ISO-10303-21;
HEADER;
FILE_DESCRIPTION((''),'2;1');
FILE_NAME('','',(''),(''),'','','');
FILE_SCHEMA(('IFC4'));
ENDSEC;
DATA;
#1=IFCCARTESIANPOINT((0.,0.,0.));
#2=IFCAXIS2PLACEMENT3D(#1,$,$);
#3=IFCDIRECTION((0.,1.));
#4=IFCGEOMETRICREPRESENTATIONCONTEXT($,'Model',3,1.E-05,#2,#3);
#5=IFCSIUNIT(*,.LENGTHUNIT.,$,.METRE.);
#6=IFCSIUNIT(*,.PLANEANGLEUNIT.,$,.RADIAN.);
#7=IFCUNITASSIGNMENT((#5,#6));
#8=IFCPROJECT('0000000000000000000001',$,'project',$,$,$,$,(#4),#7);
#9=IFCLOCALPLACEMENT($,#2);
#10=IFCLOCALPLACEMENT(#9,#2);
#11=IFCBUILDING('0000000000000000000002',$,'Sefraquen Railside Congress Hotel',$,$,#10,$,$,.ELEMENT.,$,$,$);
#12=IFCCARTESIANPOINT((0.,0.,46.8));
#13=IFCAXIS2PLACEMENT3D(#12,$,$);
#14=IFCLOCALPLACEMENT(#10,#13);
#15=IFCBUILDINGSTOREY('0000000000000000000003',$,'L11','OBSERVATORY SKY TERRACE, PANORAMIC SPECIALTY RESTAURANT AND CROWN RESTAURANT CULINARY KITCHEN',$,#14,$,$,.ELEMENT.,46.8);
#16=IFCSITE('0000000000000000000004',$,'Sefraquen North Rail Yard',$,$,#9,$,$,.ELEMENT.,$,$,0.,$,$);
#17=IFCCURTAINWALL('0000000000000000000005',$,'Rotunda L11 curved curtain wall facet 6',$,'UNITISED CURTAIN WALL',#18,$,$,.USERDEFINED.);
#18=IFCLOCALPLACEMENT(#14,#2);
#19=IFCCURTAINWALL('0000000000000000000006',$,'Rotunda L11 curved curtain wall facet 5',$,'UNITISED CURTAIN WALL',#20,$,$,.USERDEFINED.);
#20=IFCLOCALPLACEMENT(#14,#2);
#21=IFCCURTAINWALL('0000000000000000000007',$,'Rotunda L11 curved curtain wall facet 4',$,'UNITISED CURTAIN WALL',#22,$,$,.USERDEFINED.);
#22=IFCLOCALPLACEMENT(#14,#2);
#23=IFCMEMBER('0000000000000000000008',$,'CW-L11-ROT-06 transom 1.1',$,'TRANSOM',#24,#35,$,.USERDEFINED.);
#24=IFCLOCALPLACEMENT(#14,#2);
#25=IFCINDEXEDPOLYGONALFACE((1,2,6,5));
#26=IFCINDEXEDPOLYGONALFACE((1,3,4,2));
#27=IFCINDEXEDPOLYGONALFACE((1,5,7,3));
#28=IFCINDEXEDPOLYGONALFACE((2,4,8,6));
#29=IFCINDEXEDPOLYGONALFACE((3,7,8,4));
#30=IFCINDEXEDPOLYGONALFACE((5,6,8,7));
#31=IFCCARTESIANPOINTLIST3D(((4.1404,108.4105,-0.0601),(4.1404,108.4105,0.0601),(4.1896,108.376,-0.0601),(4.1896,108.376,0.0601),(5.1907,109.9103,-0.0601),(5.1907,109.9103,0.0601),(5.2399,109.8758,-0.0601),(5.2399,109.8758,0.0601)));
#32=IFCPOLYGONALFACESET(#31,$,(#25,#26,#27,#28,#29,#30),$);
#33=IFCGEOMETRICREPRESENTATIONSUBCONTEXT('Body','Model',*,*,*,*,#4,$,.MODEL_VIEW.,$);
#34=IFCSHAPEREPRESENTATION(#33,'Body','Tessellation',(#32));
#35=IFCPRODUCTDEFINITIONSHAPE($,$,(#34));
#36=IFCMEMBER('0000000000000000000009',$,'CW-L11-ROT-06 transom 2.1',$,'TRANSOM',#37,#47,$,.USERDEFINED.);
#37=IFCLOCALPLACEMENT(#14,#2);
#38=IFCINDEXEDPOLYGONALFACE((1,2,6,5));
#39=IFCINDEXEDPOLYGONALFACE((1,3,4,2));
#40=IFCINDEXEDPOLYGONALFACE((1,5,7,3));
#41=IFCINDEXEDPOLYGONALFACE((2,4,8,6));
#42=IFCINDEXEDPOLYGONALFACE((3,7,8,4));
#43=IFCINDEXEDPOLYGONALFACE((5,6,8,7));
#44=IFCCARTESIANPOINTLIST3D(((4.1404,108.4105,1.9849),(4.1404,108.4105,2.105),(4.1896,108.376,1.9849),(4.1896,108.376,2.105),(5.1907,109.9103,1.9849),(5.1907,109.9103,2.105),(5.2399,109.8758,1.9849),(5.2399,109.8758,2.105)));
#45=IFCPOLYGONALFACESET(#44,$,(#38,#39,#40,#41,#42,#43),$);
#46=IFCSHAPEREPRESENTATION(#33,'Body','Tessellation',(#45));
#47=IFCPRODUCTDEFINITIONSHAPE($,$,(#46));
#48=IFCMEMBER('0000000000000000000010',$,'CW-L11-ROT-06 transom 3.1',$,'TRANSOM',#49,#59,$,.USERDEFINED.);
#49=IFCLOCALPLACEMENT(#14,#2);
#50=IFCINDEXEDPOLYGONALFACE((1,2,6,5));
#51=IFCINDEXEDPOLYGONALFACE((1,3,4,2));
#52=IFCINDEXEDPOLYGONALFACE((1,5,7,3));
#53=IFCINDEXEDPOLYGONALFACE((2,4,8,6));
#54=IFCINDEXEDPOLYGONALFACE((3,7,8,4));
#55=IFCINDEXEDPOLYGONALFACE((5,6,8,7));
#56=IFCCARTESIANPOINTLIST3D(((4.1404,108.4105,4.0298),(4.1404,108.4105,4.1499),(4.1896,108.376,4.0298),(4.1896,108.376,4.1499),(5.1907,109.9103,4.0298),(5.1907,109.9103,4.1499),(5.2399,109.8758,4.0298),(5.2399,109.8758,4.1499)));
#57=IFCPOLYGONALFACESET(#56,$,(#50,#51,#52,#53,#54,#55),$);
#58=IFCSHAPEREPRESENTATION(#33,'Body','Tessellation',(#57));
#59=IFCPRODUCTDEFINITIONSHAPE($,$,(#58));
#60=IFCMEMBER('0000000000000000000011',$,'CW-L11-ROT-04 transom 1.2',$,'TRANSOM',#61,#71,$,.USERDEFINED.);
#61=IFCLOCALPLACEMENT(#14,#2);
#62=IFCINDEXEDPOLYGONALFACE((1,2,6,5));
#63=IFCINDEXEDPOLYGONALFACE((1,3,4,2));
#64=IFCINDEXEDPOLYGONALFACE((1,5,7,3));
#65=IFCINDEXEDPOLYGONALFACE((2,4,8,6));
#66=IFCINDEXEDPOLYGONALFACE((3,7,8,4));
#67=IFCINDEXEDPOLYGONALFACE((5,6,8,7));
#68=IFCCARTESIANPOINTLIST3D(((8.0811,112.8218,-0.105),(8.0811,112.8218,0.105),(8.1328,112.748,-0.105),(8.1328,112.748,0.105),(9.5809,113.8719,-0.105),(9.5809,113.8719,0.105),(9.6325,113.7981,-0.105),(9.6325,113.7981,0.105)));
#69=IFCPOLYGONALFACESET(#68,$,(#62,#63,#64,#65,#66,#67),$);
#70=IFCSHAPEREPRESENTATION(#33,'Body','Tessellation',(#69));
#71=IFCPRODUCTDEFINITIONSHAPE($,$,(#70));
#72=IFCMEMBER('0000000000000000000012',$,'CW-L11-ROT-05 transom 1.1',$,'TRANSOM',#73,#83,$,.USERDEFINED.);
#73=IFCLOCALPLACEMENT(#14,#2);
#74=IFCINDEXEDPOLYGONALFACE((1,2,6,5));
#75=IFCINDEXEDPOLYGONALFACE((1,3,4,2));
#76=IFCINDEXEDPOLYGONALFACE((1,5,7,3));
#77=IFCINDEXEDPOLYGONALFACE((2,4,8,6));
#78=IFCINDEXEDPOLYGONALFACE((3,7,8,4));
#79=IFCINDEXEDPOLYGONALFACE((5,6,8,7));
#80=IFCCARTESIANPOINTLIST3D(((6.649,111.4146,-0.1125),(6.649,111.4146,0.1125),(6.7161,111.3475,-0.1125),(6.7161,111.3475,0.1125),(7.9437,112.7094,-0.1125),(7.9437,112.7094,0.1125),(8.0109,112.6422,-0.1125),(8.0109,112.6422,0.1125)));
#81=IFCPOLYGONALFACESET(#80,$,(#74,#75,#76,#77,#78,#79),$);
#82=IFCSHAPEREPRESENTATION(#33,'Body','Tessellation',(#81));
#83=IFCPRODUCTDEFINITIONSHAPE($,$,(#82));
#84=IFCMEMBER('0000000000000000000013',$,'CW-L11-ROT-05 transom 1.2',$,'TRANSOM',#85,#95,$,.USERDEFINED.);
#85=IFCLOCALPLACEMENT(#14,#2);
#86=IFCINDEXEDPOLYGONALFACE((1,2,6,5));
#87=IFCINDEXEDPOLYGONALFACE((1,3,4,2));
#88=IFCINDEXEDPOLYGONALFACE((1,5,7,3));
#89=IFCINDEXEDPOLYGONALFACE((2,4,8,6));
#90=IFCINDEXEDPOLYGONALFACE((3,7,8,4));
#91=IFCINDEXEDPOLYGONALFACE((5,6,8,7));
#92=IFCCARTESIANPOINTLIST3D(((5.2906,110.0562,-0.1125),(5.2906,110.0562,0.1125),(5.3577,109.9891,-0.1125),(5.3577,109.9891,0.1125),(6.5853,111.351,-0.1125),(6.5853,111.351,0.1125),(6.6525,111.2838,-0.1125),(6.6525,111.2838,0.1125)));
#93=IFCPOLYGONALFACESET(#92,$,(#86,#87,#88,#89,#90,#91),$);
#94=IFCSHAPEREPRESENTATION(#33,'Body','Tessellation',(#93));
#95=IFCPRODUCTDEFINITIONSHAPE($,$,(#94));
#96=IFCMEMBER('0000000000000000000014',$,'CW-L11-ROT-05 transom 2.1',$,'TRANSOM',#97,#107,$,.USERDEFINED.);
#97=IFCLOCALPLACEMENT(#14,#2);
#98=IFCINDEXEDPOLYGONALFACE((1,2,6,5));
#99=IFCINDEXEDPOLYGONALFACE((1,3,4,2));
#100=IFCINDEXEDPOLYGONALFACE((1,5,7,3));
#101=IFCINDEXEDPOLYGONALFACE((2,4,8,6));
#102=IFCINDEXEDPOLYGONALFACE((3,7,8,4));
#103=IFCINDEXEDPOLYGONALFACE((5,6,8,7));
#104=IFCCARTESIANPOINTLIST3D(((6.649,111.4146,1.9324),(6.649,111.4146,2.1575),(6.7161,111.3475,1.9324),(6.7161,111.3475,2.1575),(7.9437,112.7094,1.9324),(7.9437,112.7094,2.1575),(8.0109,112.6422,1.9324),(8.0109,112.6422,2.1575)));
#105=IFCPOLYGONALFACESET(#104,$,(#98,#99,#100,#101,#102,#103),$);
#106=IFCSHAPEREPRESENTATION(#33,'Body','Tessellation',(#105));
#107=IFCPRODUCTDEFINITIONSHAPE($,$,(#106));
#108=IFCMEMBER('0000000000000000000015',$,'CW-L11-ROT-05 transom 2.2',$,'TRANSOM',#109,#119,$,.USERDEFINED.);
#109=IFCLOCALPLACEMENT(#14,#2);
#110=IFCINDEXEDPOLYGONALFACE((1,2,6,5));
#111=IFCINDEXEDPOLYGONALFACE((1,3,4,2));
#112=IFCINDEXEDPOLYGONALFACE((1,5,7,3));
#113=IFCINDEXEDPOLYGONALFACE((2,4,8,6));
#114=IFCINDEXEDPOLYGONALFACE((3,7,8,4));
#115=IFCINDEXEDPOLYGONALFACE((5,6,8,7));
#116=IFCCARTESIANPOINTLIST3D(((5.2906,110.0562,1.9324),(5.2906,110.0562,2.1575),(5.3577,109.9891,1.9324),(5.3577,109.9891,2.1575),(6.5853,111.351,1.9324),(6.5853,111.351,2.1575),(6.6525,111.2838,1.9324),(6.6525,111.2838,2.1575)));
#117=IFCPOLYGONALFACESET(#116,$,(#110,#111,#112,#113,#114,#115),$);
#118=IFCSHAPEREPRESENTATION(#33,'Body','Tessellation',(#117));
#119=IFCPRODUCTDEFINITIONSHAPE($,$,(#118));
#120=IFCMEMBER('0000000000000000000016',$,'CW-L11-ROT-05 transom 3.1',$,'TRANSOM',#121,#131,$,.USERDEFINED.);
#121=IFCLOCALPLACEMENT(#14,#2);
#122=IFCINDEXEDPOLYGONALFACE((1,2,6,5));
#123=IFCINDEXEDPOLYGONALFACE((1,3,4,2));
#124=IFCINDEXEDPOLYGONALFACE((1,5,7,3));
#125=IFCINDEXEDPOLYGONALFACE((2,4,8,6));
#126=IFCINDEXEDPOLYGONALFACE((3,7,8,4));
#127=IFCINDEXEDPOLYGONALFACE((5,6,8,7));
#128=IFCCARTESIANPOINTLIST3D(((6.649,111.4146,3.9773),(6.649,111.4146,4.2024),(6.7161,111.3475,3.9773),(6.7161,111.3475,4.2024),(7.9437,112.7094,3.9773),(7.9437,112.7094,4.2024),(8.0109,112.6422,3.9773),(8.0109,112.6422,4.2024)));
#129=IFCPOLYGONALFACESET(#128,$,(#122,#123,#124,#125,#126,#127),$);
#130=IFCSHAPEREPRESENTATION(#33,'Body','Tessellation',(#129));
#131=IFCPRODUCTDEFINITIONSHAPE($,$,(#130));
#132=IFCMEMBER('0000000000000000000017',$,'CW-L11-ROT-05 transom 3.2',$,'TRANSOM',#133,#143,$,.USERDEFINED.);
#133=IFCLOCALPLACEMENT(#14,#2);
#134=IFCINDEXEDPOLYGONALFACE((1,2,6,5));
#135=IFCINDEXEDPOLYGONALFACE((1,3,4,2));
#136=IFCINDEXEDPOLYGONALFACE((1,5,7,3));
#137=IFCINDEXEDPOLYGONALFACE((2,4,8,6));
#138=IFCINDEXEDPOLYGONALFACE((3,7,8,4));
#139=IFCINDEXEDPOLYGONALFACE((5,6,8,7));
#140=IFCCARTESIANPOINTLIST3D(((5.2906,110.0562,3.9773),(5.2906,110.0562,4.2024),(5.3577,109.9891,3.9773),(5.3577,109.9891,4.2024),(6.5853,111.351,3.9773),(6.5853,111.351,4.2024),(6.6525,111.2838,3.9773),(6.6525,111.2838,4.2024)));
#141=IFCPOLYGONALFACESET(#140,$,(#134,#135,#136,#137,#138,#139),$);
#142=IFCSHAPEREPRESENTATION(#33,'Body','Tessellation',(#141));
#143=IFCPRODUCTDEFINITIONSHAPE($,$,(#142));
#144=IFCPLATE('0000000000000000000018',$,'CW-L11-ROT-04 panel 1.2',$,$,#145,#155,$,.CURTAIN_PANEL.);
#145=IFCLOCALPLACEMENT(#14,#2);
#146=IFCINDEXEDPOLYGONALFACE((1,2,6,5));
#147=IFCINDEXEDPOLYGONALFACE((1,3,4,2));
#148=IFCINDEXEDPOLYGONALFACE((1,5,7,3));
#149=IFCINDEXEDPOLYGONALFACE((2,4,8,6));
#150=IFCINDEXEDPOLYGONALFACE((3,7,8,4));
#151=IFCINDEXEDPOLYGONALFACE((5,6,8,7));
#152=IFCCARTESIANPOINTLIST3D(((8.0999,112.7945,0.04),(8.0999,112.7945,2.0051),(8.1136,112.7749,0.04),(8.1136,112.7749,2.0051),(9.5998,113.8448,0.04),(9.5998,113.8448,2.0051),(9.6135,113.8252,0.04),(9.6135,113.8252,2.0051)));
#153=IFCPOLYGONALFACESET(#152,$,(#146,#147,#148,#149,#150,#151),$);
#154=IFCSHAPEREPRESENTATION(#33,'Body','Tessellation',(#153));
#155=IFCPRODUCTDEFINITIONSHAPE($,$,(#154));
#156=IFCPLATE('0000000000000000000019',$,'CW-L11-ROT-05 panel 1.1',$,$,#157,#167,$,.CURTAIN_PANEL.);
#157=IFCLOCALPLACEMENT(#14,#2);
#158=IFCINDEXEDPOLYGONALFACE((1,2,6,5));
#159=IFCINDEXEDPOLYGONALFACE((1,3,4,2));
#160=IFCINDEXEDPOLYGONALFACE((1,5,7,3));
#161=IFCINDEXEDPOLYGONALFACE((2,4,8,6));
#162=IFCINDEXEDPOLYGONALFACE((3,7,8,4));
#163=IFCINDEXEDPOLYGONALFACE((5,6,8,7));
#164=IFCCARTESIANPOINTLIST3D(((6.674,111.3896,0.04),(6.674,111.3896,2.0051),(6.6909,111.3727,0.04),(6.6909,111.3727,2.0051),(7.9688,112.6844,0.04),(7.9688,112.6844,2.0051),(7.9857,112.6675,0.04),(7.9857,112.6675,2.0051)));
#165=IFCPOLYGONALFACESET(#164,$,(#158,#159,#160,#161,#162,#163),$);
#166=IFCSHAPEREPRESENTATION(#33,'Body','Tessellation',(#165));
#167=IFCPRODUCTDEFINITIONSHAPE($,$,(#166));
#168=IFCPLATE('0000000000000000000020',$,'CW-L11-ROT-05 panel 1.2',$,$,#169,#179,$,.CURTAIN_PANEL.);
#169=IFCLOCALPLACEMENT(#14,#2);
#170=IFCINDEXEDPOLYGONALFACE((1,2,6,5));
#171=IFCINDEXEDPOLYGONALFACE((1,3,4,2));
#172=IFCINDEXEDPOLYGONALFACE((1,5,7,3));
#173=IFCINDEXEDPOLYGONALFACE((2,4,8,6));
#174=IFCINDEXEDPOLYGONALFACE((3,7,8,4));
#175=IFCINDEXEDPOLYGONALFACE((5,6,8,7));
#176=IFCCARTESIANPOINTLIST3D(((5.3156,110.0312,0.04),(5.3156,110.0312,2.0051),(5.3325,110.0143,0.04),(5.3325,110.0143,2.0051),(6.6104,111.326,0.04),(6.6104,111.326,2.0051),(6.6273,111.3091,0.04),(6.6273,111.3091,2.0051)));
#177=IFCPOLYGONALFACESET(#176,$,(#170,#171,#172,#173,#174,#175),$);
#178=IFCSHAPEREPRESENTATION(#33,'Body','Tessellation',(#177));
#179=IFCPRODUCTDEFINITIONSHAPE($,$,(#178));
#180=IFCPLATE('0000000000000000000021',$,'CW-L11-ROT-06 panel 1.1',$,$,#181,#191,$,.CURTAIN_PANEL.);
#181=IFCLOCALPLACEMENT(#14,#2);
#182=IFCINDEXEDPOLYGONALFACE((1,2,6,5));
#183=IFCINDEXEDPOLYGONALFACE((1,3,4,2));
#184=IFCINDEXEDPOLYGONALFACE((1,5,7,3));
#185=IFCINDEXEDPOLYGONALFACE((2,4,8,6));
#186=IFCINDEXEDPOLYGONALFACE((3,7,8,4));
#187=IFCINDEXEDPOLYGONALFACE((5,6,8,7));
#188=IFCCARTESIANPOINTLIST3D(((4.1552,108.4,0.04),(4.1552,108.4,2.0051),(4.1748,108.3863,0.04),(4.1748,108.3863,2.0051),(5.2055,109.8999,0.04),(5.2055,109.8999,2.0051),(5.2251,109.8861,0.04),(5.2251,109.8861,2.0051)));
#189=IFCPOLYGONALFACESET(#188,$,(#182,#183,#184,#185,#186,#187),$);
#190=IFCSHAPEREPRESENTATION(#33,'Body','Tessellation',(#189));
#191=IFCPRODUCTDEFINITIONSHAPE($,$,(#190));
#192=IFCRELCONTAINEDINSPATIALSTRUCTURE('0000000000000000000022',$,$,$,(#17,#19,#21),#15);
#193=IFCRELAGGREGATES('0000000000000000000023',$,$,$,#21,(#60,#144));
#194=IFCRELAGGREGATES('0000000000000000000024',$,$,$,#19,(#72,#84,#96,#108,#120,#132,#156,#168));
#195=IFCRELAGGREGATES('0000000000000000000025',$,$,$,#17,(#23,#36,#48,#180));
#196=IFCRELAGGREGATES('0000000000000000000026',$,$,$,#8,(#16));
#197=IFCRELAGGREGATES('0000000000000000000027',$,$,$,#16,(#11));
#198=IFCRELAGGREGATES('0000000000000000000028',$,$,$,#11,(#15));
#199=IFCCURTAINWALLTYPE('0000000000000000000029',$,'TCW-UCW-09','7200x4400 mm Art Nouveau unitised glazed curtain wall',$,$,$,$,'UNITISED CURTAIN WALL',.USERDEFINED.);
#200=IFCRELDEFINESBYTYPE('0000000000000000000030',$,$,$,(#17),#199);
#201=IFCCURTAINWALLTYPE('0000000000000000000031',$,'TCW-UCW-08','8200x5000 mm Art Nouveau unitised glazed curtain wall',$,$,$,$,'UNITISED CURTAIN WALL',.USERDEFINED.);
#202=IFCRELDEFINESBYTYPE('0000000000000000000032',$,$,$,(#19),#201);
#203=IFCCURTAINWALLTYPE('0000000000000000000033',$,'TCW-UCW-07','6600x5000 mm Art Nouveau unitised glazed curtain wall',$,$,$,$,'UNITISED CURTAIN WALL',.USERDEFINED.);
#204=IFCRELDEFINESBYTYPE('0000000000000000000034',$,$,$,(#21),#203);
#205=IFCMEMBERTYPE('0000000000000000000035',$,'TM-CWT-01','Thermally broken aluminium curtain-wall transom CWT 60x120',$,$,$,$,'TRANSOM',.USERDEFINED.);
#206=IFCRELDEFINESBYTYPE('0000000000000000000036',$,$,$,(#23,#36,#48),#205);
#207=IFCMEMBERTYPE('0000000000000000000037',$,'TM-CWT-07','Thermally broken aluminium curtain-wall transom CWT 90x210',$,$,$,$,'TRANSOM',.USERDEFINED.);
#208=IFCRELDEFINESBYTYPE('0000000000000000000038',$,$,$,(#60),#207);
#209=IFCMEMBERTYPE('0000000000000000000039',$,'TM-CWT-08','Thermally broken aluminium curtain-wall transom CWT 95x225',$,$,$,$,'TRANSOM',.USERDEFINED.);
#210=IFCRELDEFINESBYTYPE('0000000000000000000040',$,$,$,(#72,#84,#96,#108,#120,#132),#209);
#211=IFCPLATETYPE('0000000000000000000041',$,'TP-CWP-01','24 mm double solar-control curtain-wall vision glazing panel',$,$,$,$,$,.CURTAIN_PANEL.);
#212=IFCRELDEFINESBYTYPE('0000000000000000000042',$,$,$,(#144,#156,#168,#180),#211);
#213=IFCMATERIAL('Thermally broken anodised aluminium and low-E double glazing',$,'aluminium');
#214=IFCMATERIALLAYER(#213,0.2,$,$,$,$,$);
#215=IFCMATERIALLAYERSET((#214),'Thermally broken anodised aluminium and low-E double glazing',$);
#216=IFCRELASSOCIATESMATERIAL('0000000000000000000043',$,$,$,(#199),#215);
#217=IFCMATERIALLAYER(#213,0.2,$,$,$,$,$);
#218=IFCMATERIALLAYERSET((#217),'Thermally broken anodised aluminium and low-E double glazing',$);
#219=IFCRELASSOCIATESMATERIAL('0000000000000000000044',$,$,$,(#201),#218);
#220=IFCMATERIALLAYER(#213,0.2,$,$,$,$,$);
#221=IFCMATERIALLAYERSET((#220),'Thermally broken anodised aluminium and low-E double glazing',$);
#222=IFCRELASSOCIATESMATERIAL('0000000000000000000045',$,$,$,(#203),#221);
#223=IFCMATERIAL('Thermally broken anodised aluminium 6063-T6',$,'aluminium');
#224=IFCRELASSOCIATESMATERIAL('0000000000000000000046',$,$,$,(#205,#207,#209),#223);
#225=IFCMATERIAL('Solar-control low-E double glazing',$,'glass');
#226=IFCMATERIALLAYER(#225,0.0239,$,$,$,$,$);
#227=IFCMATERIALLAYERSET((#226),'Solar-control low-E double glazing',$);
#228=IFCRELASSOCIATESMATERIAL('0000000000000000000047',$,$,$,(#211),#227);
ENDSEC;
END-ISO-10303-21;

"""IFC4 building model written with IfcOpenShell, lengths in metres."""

from ifc_helpers import new_model, si_unit, direction, frame, origin, origin_2d, place, context, subcontext, project, spatial, rectangle, extrude, material, layer, layer_set, material_profile, profile_set, type_object, element, aggregate, save


model = new_model("IFC4")

# Units and contexts
model_context = context("Model", 3, precision=1e-05, world=origin(), true_north=direction((0.0, 1.0)))
body_context = subcontext(model_context, "Body", "Model", "MODEL_VIEW")
ifc_project = project(units=[si_unit("LENGTHUNIT", "METRE"), si_unit("PLANEANGLEUNIT", "RADIAN")], contexts=[model_context])

# Site, building, storey
site_placement = place(None, origin())
site = spatial("IfcSite", under=ifc_project, at=site_placement, Name="Sefraquen North Rail Yard", CompositionType="ELEMENT", RefElevation=0.0)
building_placement = place(site_placement, origin())
building = spatial("IfcBuilding", under=site, at=building_placement, Name="Sefraquen Railside Congress Hotel", CompositionType="ELEMENT")
storey_placement = place(building_placement, frame((0.0, 0.0, 46.8)))
storey = spatial("IfcBuildingStorey", under=building, at=storey_placement, Name="L11", Description="OBSERVATORY SKY TERRACE, PANORAMIC SPECIALTY RESTAURANT AND CROWN RESTAURANT CULINARY KITCHEN", CompositionType="ELEMENT", Elevation=46.8)

# Curtain walls
ifc_material_1 = material(Name="Thermally broken anodised aluminium and low-E double glazing", Category="aluminium")
ifc_layer_1 = layer(ifc_material_1, 0.2)
ifc_layer_set_1 = layer_set([ifc_layer_1], Name="Thermally broken anodised aluminium and low-E double glazing")
curtain_wall_type_1 = type_object("IfcCurtainWallType", Name="TCW-UCW-09", Description="7200x4400 mm Art Nouveau unitised glazed curtain wall", ElementType="UNITISED CURTAIN WALL", PredefinedType="USERDEFINED", material=ifc_layer_set_1)
curtain_wall_1_placement = place(storey_placement, origin())
curtain_wall_1 = element("IfcCurtainWall", 1, at=curtain_wall_1_placement, inside=storey, type_object=curtain_wall_type_1, Name="Rotunda L11 curved curtain wall facet 6", ObjectType="UNITISED CURTAIN WALL", PredefinedType="USERDEFINED")
ifc_material_2 = material(Name="Thermally broken anodised aluminium 6063-T6", Category="aluminium")
ifc_layer_2 = layer(ifc_material_1, 0.2)
ifc_layer_set_2 = layer_set([ifc_layer_2], Name="Thermally broken anodised aluminium and low-E double glazing")
curtain_wall_type_2 = type_object("IfcCurtainWallType", Name="TCW-UCW-08", Description="8200x5000 mm Art Nouveau unitised glazed curtain wall", ElementType="UNITISED CURTAIN WALL", PredefinedType="USERDEFINED", material=ifc_layer_set_2)
curtain_wall_2_placement = place(storey_placement, origin())
curtain_wall_2 = element("IfcCurtainWall", 2, at=curtain_wall_2_placement, inside=storey, type_object=curtain_wall_type_2, Name="Rotunda L11 curved curtain wall facet 5", ObjectType="UNITISED CURTAIN WALL", PredefinedType="USERDEFINED")
ifc_layer_3 = layer(ifc_material_1, 0.2)
ifc_layer_set_3 = layer_set([ifc_layer_3], Name="Thermally broken anodised aluminium and low-E double glazing")
curtain_wall_type_3 = type_object("IfcCurtainWallType", Name="TCW-UCW-07", Description="6600x5000 mm Art Nouveau unitised glazed curtain wall", ElementType="UNITISED CURTAIN WALL", PredefinedType="USERDEFINED", material=ifc_layer_set_3)
curtain_wall_3_placement = place(storey_placement, origin())
curtain_wall_3 = element("IfcCurtainWall", 3, at=curtain_wall_3_placement, inside=storey, type_object=curtain_wall_type_3, Name="Rotunda L11 curved curtain wall facet 4", ObjectType="UNITISED CURTAIN WALL", PredefinedType="USERDEFINED")

# Members
ifc_material_profile_1 = material_profile(ifc_material_2, rectangle(XDim=0.0601, YDim=0.1201, at=origin_2d()), Name="CWT 60x120")
ifc_profile_set_1 = profile_set([ifc_material_profile_1], Name="Thermally broken anodised aluminium 6063-T6")
member_type_1 = type_object("IfcMemberType", Name="TM-CWT-01", Description="Thermally broken aluminium curtain-wall transom CWT 60x120", ElementType="TRANSOM", PredefinedType="USERDEFINED", material=ifc_profile_set_1)
member_1_placement = place(storey_placement, frame((5.2153, 109.8931, 0.0), z_axis=(-0.573632, -0.819113, 0.0), x_axis=(0.819113, -0.573632, 0.0)))
member_1 = element("IfcMember", 4, at=member_1_placement, type_object=member_type_1, Name="CW-L11-ROT-06 transom 1.1", ObjectType="TRANSOM", PredefinedType="USERDEFINED", context=body_context, shape_type="SweptSolid", body=[
    extrude(rectangle(XDim=0.0601, YDim=0.1201, at=origin_2d()), origin(), (0.0, 0.0, 1.0), 1.8311),
])
member_2_placement = place(storey_placement, frame((5.2153, 109.8931, 2.0449), z_axis=(-0.573632, -0.819113, 0.0), x_axis=(0.819113, -0.573632, 0.0)))
member_2 = element("IfcMember", 5, at=member_2_placement, type_object=member_type_1, Name="CW-L11-ROT-06 transom 2.1", ObjectType="TRANSOM", PredefinedType="USERDEFINED", context=body_context, shape_type="SweptSolid", body=[
    extrude(rectangle(XDim=0.0601, YDim=0.1201, at=origin_2d()), origin(), (0.0, 0.0, 1.0), 1.8311),
])
member_3_placement = place(storey_placement, frame((5.2153, 109.8931, 4.0898), z_axis=(-0.573632, -0.819113, 0.0), x_axis=(0.819113, -0.573632, 0.0)))
member_3 = element("IfcMember", 6, at=member_3_placement, type_object=member_type_1, Name="CW-L11-ROT-06 transom 3.1", ObjectType="TRANSOM", PredefinedType="USERDEFINED", context=body_context, shape_type="SweptSolid", body=[
    extrude(rectangle(XDim=0.0601, YDim=0.1201, at=origin_2d()), origin(), (0.0, 0.0, 1.0), 1.8311),
])
ifc_material_profile_2 = material_profile(ifc_material_2, rectangle(XDim=0.0901, YDim=0.21, at=origin_2d()), Name="CWT 90x210")
ifc_profile_set_2 = profile_set([ifc_material_profile_2], Name="Thermally broken anodised aluminium 6063-T6")
member_type_2 = type_object("IfcMemberType", Name="TM-CWT-07", Description="Thermally broken aluminium curtain-wall transom CWT 90x210", ElementType="TRANSOM", PredefinedType="USERDEFINED", material=ifc_profile_set_2)
member_4_placement = place(storey_placement, frame((9.6067, 113.835, 0.0), z_axis=(-0.819176, -0.573543, 0.0), x_axis=(0.573543, -0.819176, 0.0)))
member_4 = element("IfcMember", 7, at=member_4_placement, type_object=member_type_2, Name="CW-L11-ROT-04 transom 1.2", ObjectType="TRANSOM", PredefinedType="USERDEFINED", context=body_context, shape_type="SweptSolid", body=[
    extrude(rectangle(XDim=0.0901, YDim=0.21, at=origin_2d()), origin(), (0.0, 0.0, 1.0), 1.8308),
])
ifc_material_profile_3 = material_profile(ifc_material_2, rectangle(XDim=0.095, YDim=0.2251, at=origin_2d()), Name="CWT 95x225")
ifc_profile_set_3 = profile_set([ifc_material_profile_3], Name="Thermally broken anodised aluminium 6063-T6")
member_type_3 = type_object("IfcMemberType", Name="TM-CWT-08", Description="Thermally broken aluminium curtain-wall transom CWT 95x225", ElementType="TRANSOM", PredefinedType="USERDEFINED", material=ifc_profile_set_3)
member_5_placement = place(storey_placement, frame((7.9773, 112.6758, 0.0), z_axis=(-0.707107, -0.707107, 0.0), x_axis=(0.707107, -0.707107, 0.0)))
member_5 = element("IfcMember", 8, at=member_5_placement, type_object=member_type_3, Name="CW-L11-ROT-05 transom 1.1", ObjectType="TRANSOM", PredefinedType="USERDEFINED", context=body_context, shape_type="SweptSolid", body=[
    extrude(rectangle(XDim=0.095, YDim=0.2251, at=origin_2d()), origin(), (0.0, 0.0, 1.0), 1.8311),
])
member_6_placement = place(storey_placement, frame((6.6189, 111.3174, 0.0), z_axis=(-0.707107, -0.707107, 0.0), x_axis=(0.707107, -0.707107, 0.0)))
member_6 = element("IfcMember", 9, at=member_6_placement, type_object=member_type_3, Name="CW-L11-ROT-05 transom 1.2", ObjectType="TRANSOM", PredefinedType="USERDEFINED", context=body_context, shape_type="SweptSolid", body=[
    extrude(rectangle(XDim=0.095, YDim=0.2251, at=origin_2d()), origin(), (0.0, 0.0, 1.0), 1.8311),
])
member_7_placement = place(storey_placement, frame((7.9773, 112.6758, 2.0449), z_axis=(-0.707107, -0.707107, 0.0), x_axis=(0.707107, -0.707107, 0.0)))
member_7 = element("IfcMember", 10, at=member_7_placement, type_object=member_type_3, Name="CW-L11-ROT-05 transom 2.1", ObjectType="TRANSOM", PredefinedType="USERDEFINED", context=body_context, shape_type="SweptSolid", body=[
    extrude(rectangle(XDim=0.095, YDim=0.2251, at=origin_2d()), origin(), (0.0, 0.0, 1.0), 1.8311),
])
member_8_placement = place(storey_placement, frame((6.6189, 111.3174, 2.0449), z_axis=(-0.707107, -0.707107, 0.0), x_axis=(0.707107, -0.707107, 0.0)))
member_8 = element("IfcMember", 11, at=member_8_placement, type_object=member_type_3, Name="CW-L11-ROT-05 transom 2.2", ObjectType="TRANSOM", PredefinedType="USERDEFINED", context=body_context, shape_type="SweptSolid", body=[
    extrude(rectangle(XDim=0.095, YDim=0.2251, at=origin_2d()), origin(), (0.0, 0.0, 1.0), 1.8311),
])
member_9_placement = place(storey_placement, frame((7.9773, 112.6758, 4.0898), z_axis=(-0.707107, -0.707107, 0.0), x_axis=(0.707107, -0.707107, 0.0)))
member_9 = element("IfcMember", 12, at=member_9_placement, type_object=member_type_3, Name="CW-L11-ROT-05 transom 3.1", ObjectType="TRANSOM", PredefinedType="USERDEFINED", context=body_context, shape_type="SweptSolid", body=[
    extrude(rectangle(XDim=0.095, YDim=0.2251, at=origin_2d()), origin(), (0.0, 0.0, 1.0), 1.8311),
])
member_10_placement = place(storey_placement, frame((6.6189, 111.3174, 4.0898), z_axis=(-0.707107, -0.707107, 0.0), x_axis=(0.707107, -0.707107, 0.0)))
member_10 = element("IfcMember", 13, at=member_10_placement, type_object=member_type_3, Name="CW-L11-ROT-05 transom 3.2", ObjectType="TRANSOM", PredefinedType="USERDEFINED", context=body_context, shape_type="SweptSolid", body=[
    extrude(rectangle(XDim=0.095, YDim=0.2251, at=origin_2d()), origin(), (0.0, 0.0, 1.0), 1.8311),
])

# Plates
ifc_material_3 = material(Name="Solar-control low-E double glazing", Category="glass")
ifc_layer_4 = layer(ifc_material_3, 0.0239)
ifc_layer_set_4 = layer_set([ifc_layer_4], Name="Solar-control low-E double glazing")
plate_type_1 = type_object("IfcPlateType", Name="TP-CWP-01", Description="24 mm double solar-control curtain-wall vision glazing panel", PredefinedType="CURTAIN_PANEL", material=ifc_layer_set_4)
plate_1_placement = place(storey_placement, frame((8.8567, 113.3098, 0.04), z_axis=(0.0, 0.0, 1.0), x_axis=(-0.819132, -0.573605, 0.0)))
plate_1 = element("IfcPlate", 14, at=plate_1_placement, type_object=plate_type_1, Name="CW-L11-ROT-04 panel 1.2", PredefinedType="CURTAIN_PANEL", context=body_context, shape_type="SweptSolid", body=[
    extrude(rectangle(XDim=1.8311, YDim=0.0239, at=origin_2d()), origin(), (0.0, 0.0, 1.0), 1.9651),
])
plate_2_placement = place(storey_placement, frame((7.3298, 112.0286, 0.04), z_axis=(0.0, 0.0, 1.0), x_axis=(-0.707107, -0.707107, 0.0)))
plate_2 = element("IfcPlate", 15, at=plate_2_placement, type_object=plate_type_1, Name="CW-L11-ROT-05 panel 1.1", PredefinedType="CURTAIN_PANEL", context=body_context, shape_type="SweptSolid", body=[
    extrude(rectangle(XDim=1.8311, YDim=0.0239, at=origin_2d()), origin(), (0.0, 0.0, 1.0), 1.9651),
])
plate_3_placement = place(storey_placement, frame((5.9714, 110.6702, 0.04), z_axis=(0.0, 0.0, 1.0), x_axis=(-0.707107, -0.707107, 0.0)))
plate_3 = element("IfcPlate", 16, at=plate_3_placement, type_object=plate_type_1, Name="CW-L11-ROT-05 panel 1.2", PredefinedType="CURTAIN_PANEL", context=body_context, shape_type="SweptSolid", body=[
    extrude(rectangle(XDim=1.8311, YDim=0.0239, at=origin_2d()), origin(), (0.0, 0.0, 1.0), 1.9651),
])
plate_4_placement = place(storey_placement, frame((4.6902, 109.1431, 0.04), z_axis=(0.0, 0.0, 1.0), x_axis=(-0.573605, -0.819132, 0.0)))
plate_4 = element("IfcPlate", 17, at=plate_4_placement, type_object=plate_type_1, Name="CW-L11-ROT-06 panel 1.1", PredefinedType="CURTAIN_PANEL", context=body_context, shape_type="SweptSolid", body=[
    extrude(rectangle(XDim=1.8311, YDim=0.0239, at=origin_2d()), origin(), (0.0, 0.0, 1.0), 1.9651),
])
aggregate(curtain_wall_3, [member_4, plate_1])
aggregate(curtain_wall_2, [member_5, member_6, member_7, member_8, member_9, member_10, plate_2, plate_3])
aggregate(curtain_wall_1, [member_1, member_2, member_3, plate_4])

save(model, "model.ifc")
